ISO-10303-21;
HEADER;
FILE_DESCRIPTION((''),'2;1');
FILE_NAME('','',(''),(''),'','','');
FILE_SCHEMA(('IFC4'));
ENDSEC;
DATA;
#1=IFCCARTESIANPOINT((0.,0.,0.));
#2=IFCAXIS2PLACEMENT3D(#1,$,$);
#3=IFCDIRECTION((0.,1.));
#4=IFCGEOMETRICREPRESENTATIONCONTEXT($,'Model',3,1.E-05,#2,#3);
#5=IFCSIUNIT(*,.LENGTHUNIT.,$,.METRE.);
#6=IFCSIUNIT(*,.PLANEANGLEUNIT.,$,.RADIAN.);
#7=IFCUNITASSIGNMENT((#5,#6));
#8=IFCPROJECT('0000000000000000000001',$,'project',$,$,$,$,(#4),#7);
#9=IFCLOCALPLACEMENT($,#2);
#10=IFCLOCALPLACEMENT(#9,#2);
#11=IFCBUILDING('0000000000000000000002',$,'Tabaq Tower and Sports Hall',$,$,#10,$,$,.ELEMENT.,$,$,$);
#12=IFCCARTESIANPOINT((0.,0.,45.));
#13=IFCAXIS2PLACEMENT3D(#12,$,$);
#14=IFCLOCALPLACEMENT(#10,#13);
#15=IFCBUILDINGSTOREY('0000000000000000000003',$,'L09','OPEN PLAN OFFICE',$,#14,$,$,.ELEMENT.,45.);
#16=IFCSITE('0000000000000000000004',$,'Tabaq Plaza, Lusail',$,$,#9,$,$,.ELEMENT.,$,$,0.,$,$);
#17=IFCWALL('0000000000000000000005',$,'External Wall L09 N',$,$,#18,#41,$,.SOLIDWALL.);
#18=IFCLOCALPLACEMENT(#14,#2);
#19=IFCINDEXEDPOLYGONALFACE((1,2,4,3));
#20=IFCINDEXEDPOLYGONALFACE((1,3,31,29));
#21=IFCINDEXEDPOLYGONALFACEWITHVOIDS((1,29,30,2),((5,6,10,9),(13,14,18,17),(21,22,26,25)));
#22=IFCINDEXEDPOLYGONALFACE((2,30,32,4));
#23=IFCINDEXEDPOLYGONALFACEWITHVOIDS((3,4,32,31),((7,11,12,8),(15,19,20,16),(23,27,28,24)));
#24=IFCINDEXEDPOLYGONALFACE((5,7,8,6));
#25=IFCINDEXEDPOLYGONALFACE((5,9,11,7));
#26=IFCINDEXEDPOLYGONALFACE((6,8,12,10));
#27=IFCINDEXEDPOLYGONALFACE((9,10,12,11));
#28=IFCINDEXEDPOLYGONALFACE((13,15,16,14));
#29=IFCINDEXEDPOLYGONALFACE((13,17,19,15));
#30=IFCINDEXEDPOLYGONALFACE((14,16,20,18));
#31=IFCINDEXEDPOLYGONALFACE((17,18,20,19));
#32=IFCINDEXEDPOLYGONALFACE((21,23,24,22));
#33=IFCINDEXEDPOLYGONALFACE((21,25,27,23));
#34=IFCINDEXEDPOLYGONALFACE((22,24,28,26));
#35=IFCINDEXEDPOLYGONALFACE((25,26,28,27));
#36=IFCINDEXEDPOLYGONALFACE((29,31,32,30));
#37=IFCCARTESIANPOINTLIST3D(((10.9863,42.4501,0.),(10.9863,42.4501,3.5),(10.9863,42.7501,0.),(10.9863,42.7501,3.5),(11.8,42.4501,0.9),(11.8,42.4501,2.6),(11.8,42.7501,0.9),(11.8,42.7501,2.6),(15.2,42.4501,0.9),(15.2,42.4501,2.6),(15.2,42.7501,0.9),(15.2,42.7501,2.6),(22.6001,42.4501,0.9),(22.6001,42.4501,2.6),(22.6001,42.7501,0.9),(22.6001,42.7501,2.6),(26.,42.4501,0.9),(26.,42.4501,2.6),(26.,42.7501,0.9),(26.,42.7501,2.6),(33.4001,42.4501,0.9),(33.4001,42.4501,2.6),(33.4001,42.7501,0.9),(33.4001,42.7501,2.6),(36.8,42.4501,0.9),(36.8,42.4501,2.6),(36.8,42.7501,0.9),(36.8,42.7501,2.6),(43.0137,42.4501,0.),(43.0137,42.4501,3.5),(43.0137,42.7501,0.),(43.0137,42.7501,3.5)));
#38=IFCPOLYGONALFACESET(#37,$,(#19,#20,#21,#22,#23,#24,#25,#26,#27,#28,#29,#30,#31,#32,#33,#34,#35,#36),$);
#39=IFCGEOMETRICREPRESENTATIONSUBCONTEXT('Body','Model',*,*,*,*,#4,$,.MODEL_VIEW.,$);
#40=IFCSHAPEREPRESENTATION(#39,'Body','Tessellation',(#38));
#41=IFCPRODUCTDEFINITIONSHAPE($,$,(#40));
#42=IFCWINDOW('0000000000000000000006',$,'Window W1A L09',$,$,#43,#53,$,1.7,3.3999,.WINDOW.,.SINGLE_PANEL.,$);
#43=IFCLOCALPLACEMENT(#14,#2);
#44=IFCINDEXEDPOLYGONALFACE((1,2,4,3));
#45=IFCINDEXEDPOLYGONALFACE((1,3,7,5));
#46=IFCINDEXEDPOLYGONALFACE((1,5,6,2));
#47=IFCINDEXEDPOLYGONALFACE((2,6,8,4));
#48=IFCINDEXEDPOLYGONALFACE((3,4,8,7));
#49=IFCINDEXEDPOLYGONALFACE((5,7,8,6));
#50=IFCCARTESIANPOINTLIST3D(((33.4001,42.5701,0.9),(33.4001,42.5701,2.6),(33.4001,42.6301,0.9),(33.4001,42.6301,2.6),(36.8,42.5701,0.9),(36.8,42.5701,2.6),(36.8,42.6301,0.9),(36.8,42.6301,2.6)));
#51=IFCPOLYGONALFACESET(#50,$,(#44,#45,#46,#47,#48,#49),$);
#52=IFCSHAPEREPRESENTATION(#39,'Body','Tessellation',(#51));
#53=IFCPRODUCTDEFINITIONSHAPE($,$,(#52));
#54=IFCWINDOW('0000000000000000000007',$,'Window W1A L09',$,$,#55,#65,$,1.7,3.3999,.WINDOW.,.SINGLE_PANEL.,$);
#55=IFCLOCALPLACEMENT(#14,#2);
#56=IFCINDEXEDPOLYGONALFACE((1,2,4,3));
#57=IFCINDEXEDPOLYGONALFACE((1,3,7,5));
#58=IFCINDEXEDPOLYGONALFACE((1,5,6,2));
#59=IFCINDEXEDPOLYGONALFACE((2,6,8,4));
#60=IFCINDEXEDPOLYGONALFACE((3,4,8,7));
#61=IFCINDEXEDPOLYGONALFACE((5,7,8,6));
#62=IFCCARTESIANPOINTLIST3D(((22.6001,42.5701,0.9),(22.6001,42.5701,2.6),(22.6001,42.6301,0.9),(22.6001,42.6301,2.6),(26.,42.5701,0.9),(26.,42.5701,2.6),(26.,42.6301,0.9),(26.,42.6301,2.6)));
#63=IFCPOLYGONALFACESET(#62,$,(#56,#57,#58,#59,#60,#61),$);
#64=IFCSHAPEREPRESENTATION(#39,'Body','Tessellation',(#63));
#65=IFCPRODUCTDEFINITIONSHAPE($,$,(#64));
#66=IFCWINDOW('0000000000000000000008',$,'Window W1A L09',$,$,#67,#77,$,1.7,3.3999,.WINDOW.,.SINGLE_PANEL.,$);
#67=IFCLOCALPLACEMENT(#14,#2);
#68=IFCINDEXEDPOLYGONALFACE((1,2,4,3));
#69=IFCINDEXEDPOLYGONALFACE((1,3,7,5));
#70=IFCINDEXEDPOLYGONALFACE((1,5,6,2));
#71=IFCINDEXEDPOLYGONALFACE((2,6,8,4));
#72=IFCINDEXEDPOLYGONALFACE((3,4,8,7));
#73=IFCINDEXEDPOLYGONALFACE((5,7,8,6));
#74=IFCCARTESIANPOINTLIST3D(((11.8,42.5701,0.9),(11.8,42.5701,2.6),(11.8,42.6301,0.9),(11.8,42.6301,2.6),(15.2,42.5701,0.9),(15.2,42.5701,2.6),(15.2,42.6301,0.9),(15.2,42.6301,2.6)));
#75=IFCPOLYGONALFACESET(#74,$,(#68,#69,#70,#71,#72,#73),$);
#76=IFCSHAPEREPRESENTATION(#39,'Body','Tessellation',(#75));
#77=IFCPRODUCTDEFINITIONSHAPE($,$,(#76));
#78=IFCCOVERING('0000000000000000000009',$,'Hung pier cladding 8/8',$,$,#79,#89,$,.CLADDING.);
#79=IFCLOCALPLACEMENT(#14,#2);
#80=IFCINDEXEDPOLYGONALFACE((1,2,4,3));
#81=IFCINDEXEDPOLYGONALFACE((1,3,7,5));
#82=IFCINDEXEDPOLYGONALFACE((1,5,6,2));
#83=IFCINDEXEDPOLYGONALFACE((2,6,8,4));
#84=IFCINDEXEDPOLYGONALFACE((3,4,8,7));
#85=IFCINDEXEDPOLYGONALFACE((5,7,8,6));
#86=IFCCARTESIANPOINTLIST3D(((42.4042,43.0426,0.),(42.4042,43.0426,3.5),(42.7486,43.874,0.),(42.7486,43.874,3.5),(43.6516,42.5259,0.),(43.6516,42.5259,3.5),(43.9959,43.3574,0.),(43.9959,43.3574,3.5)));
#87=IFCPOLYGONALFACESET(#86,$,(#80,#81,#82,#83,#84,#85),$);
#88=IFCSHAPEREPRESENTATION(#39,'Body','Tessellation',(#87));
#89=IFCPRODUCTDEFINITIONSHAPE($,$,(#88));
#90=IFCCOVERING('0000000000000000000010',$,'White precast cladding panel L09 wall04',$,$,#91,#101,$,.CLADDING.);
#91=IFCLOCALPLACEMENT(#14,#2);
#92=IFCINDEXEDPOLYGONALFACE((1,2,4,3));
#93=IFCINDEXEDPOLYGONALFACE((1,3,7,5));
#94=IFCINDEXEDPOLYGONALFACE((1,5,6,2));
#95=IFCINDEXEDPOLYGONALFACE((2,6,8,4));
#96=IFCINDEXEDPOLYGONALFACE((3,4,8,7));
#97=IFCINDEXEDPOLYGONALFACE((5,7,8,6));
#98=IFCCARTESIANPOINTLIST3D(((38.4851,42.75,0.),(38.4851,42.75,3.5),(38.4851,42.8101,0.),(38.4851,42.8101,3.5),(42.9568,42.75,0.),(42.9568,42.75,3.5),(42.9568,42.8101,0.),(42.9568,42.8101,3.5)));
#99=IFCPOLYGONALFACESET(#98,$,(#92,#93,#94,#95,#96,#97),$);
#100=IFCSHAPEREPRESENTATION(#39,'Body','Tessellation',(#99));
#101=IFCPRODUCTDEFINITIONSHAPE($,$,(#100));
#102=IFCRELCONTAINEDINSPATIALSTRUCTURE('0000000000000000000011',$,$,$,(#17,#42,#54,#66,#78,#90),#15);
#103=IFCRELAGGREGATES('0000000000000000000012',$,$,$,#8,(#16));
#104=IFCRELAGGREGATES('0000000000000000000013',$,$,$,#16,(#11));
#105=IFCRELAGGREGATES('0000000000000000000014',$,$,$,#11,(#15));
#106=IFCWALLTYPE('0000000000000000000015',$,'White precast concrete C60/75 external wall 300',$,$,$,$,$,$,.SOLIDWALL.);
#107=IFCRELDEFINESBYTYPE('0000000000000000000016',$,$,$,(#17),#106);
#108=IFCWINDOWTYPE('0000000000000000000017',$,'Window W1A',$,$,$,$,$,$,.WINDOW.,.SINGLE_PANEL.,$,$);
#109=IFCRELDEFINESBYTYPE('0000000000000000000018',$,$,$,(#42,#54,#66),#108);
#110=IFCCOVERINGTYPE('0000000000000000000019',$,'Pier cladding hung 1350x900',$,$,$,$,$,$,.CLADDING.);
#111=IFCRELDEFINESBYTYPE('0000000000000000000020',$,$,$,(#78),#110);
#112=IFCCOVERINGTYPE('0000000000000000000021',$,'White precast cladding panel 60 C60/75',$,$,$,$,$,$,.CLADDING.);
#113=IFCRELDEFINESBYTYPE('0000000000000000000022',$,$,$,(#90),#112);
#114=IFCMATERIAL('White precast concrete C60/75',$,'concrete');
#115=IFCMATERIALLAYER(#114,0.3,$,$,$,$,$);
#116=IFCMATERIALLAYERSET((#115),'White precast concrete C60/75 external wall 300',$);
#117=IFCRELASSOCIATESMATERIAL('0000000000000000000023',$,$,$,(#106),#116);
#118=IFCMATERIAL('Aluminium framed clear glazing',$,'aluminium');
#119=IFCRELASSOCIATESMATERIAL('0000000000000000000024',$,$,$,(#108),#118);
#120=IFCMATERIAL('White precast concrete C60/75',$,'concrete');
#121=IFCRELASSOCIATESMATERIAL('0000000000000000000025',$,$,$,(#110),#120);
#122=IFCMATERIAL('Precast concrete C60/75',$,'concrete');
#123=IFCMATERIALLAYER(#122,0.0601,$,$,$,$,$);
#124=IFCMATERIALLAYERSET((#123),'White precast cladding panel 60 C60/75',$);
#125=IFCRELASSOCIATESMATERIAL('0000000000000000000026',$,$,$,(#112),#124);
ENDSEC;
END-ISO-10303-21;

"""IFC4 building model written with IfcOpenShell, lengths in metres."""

from ifc_helpers import new_model, si_unit, direction, frame, frame_2d, origin, place, context, subcontext, project, spatial, rectangle, extrude, material, layer, layer_set, type_object, element, fill, save


model = new_model("IFC4")

# Units and contexts
model_context = context("Model", 3, precision=1e-05, world=origin(), true_north=direction((0.0, 1.0)))
body_context = subcontext(model_context, "Body", "Model", "MODEL_VIEW")
ifc_project = project(units=[si_unit("LENGTHUNIT", "METRE"), si_unit("PLANEANGLEUNIT", "RADIAN")], contexts=[model_context])

# Site, building, storey
site_placement = place(None, origin())
site = spatial("IfcSite", under=ifc_project, at=site_placement, Name="Tabaq Plaza, Lusail", CompositionType="ELEMENT", RefElevation=0.0)
building_placement = place(site_placement, origin())
building = spatial("IfcBuilding", under=site, at=building_placement, Name="Tabaq Tower and Sports Hall", CompositionType="ELEMENT")
storey_placement = place(building_placement, frame((0.0, 0.0, 45.0)))
storey = spatial("IfcBuildingStorey", under=building, at=storey_placement, Name="L09", Description="OPEN PLAN OFFICE", CompositionType="ELEMENT", Elevation=45.0)

# Wall, openings, windows
ifc_material_1 = material(Name="White precast concrete C60/75", Category="concrete")
ifc_layer_1 = layer(ifc_material_1, 0.3)
ifc_layer_set_1 = layer_set([ifc_layer_1], Name="White precast concrete C60/75 external wall 300")
wall_type_1 = type_object("IfcWallType", Name="White precast concrete C60/75 external wall 300", PredefinedType="SOLIDWALL", material=ifc_layer_set_1)
wall_1_placement = place(storey_placement, frame((43.0137, 42.6001, 0.0), z_axis=(0.0, 0.0, 1.0), x_axis=(-1.0, 0.0, 0.0)))
wall_1 = element("IfcWall", 1, at=wall_1_placement, inside=storey, type_object=wall_type_1, Name="External Wall L09 N", PredefinedType="SOLIDWALL", context=body_context, shape_type="SweptSolid", body=[
    extrude(rectangle(XDim=32.0273, YDim=0.3, at=frame_2d((16.0137, 0.0))), origin(), (0.0, 0.0, 1.0), 3.5),
])
opening_1_placement = place(wall_1_placement, frame((6.2136, 0.0, 0.8999)))
opening_1 = element("IfcOpeningElement", 2, at=opening_1_placement, cuts=wall_1, PredefinedType="OPENING", context=body_context, shape_type="SweptSolid", body=[
    extrude(rectangle(XDim=3.3999, YDim=1.7, at=frame_2d((1.7, 0.8501))), frame((0.0, 0.1602, 0.0), z_axis=(0.0, -1.0, 0.0), x_axis=(1.0, 0.0, 0.0)), (0.0, 0.0, 1.0), 0.3201),
])
opening_2_placement = place(wall_1_placement, frame((17.0137, 0.0, 0.8999)))
opening_2 = element("IfcOpeningElement", 3, at=opening_2_placement, cuts=wall_1, PredefinedType="OPENING", context=body_context, shape_type="SweptSolid", body=[
    extrude(rectangle(XDim=3.3999, YDim=1.7, at=frame_2d((1.7, 0.8501))), frame((0.0, 0.1602, 0.0), z_axis=(0.0, -1.0, 0.0), x_axis=(1.0, 0.0, 0.0)), (0.0, 0.0, 1.0), 0.3201),
])
opening_3_placement = place(wall_1_placement, frame((27.8137, 0.0, 0.8999)))
opening_3 = element("IfcOpeningElement", 4, at=opening_3_placement, cuts=wall_1, PredefinedType="OPENING", context=body_context, shape_type="SweptSolid", body=[
    extrude(rectangle(XDim=3.3999, YDim=1.7, at=frame_2d((1.7, 0.8501))), frame((0.0, 0.1602, 0.0), z_axis=(0.0, -1.0, 0.0), x_axis=(1.0, 0.0, 0.0)), (0.0, 0.0, 1.0), 0.3201),
])
ifc_material_2 = material(Name="Aluminium framed clear glazing", Category="aluminium")
window_type = type_object("IfcWindowType", Name="Window W1A", PartitioningType="SINGLE_PANEL", PredefinedType="WINDOW", material=ifc_material_2)
window_1_placement = place(opening_1_placement, origin())
window_1 = element("IfcWindow", 5, at=window_1_placement, inside=storey, type_object=window_type, Name="Window W1A L09", OverallHeight=1.7, OverallWidth=3.3999, PartitioningType="SINGLE_PANEL", PredefinedType="WINDOW", context=body_context, shape_type="SweptSolid", body=[
    extrude(rectangle(XDim=3.3999, YDim=1.7, at=frame_2d((1.7, 0.8501))), frame((0.0, 0.03, 0.0), z_axis=(0.0, -1.0, 0.0), x_axis=(1.0, 0.0, 0.0)), (0.0, 0.0, 1.0), 0.0601),
])
fill(opening_1, window_1)
window_2_placement = place(opening_2_placement, origin())
window_2 = element("IfcWindow", 6, at=window_2_placement, inside=storey, type_object=window_type, Name="Window W1A L09", OverallHeight=1.7, OverallWidth=3.3999, PartitioningType="SINGLE_PANEL", PredefinedType="WINDOW", context=body_context, shape_type="SweptSolid", body=[
    extrude(rectangle(XDim=3.3999, YDim=1.7, at=frame_2d((1.7, 0.8501))), frame((0.0, 0.03, 0.0), z_axis=(0.0, -1.0, 0.0), x_axis=(1.0, 0.0, 0.0)), (0.0, 0.0, 1.0), 0.0601),
])
fill(opening_2, window_2)
window_3_placement = place(opening_3_placement, origin())
window_3 = element("IfcWindow", 7, at=window_3_placement, inside=storey, type_object=window_type, Name="Window W1A L09", OverallHeight=1.7, OverallWidth=3.3999, PartitioningType="SINGLE_PANEL", PredefinedType="WINDOW", context=body_context, shape_type="SweptSolid", body=[
    extrude(rectangle(XDim=3.3999, YDim=1.7, at=frame_2d((1.7, 0.8501))), frame((0.0, 0.03, 0.0), z_axis=(0.0, -1.0, 0.0), x_axis=(1.0, 0.0, 0.0)), (0.0, 0.0, 1.0), 0.0601),
])
fill(opening_3, window_3)

# Coverings
ifc_material_3 = material(Name="White precast concrete C60/75", Category="concrete")
covering_type_1 = type_object("IfcCoveringType", Name="Pier cladding hung 1350x900", PredefinedType="CLADDING", material=ifc_material_3)
covering_1_placement = place(storey_placement, frame((43.8237, 42.9417, 0.0), z_axis=(0.0, 0.0, 1.0), x_axis=(-0.923893, 0.38265, 0.0)))
element("IfcCovering", 8, at=covering_1_placement, inside=storey, type_object=covering_type_1, Name="Hung pier cladding 8/8", PredefinedType="CLADDING", context=body_context, shape_type="SweptSolid", body=[
    extrude(rectangle(XDim=1.3501, YDim=0.8999, at=frame_2d((0.675, 0.0))), origin(), (0.0, 0.0, 1.0), 3.5),
])
ifc_material_4 = material(Name="Precast concrete C60/75", Category="concrete")
ifc_layer_2 = layer(ifc_material_4, 0.0601)
ifc_layer_set_2 = layer_set([ifc_layer_2], Name="White precast cladding panel 60 C60/75")
covering_type_2 = type_object("IfcCoveringType", Name="White precast cladding panel 60 C60/75", PredefinedType="CLADDING", material=ifc_layer_set_2)
covering_2_placement = place(storey_placement, frame((42.9568, 42.78, 0.0), z_axis=(0.0, 0.0, 1.0), x_axis=(-1.0, 0.0, 0.0)))
element("IfcCovering", 9, at=covering_2_placement, inside=storey, type_object=covering_type_2, Name="White precast cladding panel L09 wall04", PredefinedType="CLADDING", context=body_context, shape_type="SweptSolid", body=[
    extrude(rectangle(XDim=4.4717, YDim=0.0601, at=frame_2d((2.2358, 0.0))), origin(), (0.0, 0.0, 1.0), 3.5),
])

save(model, "model.ifc")
